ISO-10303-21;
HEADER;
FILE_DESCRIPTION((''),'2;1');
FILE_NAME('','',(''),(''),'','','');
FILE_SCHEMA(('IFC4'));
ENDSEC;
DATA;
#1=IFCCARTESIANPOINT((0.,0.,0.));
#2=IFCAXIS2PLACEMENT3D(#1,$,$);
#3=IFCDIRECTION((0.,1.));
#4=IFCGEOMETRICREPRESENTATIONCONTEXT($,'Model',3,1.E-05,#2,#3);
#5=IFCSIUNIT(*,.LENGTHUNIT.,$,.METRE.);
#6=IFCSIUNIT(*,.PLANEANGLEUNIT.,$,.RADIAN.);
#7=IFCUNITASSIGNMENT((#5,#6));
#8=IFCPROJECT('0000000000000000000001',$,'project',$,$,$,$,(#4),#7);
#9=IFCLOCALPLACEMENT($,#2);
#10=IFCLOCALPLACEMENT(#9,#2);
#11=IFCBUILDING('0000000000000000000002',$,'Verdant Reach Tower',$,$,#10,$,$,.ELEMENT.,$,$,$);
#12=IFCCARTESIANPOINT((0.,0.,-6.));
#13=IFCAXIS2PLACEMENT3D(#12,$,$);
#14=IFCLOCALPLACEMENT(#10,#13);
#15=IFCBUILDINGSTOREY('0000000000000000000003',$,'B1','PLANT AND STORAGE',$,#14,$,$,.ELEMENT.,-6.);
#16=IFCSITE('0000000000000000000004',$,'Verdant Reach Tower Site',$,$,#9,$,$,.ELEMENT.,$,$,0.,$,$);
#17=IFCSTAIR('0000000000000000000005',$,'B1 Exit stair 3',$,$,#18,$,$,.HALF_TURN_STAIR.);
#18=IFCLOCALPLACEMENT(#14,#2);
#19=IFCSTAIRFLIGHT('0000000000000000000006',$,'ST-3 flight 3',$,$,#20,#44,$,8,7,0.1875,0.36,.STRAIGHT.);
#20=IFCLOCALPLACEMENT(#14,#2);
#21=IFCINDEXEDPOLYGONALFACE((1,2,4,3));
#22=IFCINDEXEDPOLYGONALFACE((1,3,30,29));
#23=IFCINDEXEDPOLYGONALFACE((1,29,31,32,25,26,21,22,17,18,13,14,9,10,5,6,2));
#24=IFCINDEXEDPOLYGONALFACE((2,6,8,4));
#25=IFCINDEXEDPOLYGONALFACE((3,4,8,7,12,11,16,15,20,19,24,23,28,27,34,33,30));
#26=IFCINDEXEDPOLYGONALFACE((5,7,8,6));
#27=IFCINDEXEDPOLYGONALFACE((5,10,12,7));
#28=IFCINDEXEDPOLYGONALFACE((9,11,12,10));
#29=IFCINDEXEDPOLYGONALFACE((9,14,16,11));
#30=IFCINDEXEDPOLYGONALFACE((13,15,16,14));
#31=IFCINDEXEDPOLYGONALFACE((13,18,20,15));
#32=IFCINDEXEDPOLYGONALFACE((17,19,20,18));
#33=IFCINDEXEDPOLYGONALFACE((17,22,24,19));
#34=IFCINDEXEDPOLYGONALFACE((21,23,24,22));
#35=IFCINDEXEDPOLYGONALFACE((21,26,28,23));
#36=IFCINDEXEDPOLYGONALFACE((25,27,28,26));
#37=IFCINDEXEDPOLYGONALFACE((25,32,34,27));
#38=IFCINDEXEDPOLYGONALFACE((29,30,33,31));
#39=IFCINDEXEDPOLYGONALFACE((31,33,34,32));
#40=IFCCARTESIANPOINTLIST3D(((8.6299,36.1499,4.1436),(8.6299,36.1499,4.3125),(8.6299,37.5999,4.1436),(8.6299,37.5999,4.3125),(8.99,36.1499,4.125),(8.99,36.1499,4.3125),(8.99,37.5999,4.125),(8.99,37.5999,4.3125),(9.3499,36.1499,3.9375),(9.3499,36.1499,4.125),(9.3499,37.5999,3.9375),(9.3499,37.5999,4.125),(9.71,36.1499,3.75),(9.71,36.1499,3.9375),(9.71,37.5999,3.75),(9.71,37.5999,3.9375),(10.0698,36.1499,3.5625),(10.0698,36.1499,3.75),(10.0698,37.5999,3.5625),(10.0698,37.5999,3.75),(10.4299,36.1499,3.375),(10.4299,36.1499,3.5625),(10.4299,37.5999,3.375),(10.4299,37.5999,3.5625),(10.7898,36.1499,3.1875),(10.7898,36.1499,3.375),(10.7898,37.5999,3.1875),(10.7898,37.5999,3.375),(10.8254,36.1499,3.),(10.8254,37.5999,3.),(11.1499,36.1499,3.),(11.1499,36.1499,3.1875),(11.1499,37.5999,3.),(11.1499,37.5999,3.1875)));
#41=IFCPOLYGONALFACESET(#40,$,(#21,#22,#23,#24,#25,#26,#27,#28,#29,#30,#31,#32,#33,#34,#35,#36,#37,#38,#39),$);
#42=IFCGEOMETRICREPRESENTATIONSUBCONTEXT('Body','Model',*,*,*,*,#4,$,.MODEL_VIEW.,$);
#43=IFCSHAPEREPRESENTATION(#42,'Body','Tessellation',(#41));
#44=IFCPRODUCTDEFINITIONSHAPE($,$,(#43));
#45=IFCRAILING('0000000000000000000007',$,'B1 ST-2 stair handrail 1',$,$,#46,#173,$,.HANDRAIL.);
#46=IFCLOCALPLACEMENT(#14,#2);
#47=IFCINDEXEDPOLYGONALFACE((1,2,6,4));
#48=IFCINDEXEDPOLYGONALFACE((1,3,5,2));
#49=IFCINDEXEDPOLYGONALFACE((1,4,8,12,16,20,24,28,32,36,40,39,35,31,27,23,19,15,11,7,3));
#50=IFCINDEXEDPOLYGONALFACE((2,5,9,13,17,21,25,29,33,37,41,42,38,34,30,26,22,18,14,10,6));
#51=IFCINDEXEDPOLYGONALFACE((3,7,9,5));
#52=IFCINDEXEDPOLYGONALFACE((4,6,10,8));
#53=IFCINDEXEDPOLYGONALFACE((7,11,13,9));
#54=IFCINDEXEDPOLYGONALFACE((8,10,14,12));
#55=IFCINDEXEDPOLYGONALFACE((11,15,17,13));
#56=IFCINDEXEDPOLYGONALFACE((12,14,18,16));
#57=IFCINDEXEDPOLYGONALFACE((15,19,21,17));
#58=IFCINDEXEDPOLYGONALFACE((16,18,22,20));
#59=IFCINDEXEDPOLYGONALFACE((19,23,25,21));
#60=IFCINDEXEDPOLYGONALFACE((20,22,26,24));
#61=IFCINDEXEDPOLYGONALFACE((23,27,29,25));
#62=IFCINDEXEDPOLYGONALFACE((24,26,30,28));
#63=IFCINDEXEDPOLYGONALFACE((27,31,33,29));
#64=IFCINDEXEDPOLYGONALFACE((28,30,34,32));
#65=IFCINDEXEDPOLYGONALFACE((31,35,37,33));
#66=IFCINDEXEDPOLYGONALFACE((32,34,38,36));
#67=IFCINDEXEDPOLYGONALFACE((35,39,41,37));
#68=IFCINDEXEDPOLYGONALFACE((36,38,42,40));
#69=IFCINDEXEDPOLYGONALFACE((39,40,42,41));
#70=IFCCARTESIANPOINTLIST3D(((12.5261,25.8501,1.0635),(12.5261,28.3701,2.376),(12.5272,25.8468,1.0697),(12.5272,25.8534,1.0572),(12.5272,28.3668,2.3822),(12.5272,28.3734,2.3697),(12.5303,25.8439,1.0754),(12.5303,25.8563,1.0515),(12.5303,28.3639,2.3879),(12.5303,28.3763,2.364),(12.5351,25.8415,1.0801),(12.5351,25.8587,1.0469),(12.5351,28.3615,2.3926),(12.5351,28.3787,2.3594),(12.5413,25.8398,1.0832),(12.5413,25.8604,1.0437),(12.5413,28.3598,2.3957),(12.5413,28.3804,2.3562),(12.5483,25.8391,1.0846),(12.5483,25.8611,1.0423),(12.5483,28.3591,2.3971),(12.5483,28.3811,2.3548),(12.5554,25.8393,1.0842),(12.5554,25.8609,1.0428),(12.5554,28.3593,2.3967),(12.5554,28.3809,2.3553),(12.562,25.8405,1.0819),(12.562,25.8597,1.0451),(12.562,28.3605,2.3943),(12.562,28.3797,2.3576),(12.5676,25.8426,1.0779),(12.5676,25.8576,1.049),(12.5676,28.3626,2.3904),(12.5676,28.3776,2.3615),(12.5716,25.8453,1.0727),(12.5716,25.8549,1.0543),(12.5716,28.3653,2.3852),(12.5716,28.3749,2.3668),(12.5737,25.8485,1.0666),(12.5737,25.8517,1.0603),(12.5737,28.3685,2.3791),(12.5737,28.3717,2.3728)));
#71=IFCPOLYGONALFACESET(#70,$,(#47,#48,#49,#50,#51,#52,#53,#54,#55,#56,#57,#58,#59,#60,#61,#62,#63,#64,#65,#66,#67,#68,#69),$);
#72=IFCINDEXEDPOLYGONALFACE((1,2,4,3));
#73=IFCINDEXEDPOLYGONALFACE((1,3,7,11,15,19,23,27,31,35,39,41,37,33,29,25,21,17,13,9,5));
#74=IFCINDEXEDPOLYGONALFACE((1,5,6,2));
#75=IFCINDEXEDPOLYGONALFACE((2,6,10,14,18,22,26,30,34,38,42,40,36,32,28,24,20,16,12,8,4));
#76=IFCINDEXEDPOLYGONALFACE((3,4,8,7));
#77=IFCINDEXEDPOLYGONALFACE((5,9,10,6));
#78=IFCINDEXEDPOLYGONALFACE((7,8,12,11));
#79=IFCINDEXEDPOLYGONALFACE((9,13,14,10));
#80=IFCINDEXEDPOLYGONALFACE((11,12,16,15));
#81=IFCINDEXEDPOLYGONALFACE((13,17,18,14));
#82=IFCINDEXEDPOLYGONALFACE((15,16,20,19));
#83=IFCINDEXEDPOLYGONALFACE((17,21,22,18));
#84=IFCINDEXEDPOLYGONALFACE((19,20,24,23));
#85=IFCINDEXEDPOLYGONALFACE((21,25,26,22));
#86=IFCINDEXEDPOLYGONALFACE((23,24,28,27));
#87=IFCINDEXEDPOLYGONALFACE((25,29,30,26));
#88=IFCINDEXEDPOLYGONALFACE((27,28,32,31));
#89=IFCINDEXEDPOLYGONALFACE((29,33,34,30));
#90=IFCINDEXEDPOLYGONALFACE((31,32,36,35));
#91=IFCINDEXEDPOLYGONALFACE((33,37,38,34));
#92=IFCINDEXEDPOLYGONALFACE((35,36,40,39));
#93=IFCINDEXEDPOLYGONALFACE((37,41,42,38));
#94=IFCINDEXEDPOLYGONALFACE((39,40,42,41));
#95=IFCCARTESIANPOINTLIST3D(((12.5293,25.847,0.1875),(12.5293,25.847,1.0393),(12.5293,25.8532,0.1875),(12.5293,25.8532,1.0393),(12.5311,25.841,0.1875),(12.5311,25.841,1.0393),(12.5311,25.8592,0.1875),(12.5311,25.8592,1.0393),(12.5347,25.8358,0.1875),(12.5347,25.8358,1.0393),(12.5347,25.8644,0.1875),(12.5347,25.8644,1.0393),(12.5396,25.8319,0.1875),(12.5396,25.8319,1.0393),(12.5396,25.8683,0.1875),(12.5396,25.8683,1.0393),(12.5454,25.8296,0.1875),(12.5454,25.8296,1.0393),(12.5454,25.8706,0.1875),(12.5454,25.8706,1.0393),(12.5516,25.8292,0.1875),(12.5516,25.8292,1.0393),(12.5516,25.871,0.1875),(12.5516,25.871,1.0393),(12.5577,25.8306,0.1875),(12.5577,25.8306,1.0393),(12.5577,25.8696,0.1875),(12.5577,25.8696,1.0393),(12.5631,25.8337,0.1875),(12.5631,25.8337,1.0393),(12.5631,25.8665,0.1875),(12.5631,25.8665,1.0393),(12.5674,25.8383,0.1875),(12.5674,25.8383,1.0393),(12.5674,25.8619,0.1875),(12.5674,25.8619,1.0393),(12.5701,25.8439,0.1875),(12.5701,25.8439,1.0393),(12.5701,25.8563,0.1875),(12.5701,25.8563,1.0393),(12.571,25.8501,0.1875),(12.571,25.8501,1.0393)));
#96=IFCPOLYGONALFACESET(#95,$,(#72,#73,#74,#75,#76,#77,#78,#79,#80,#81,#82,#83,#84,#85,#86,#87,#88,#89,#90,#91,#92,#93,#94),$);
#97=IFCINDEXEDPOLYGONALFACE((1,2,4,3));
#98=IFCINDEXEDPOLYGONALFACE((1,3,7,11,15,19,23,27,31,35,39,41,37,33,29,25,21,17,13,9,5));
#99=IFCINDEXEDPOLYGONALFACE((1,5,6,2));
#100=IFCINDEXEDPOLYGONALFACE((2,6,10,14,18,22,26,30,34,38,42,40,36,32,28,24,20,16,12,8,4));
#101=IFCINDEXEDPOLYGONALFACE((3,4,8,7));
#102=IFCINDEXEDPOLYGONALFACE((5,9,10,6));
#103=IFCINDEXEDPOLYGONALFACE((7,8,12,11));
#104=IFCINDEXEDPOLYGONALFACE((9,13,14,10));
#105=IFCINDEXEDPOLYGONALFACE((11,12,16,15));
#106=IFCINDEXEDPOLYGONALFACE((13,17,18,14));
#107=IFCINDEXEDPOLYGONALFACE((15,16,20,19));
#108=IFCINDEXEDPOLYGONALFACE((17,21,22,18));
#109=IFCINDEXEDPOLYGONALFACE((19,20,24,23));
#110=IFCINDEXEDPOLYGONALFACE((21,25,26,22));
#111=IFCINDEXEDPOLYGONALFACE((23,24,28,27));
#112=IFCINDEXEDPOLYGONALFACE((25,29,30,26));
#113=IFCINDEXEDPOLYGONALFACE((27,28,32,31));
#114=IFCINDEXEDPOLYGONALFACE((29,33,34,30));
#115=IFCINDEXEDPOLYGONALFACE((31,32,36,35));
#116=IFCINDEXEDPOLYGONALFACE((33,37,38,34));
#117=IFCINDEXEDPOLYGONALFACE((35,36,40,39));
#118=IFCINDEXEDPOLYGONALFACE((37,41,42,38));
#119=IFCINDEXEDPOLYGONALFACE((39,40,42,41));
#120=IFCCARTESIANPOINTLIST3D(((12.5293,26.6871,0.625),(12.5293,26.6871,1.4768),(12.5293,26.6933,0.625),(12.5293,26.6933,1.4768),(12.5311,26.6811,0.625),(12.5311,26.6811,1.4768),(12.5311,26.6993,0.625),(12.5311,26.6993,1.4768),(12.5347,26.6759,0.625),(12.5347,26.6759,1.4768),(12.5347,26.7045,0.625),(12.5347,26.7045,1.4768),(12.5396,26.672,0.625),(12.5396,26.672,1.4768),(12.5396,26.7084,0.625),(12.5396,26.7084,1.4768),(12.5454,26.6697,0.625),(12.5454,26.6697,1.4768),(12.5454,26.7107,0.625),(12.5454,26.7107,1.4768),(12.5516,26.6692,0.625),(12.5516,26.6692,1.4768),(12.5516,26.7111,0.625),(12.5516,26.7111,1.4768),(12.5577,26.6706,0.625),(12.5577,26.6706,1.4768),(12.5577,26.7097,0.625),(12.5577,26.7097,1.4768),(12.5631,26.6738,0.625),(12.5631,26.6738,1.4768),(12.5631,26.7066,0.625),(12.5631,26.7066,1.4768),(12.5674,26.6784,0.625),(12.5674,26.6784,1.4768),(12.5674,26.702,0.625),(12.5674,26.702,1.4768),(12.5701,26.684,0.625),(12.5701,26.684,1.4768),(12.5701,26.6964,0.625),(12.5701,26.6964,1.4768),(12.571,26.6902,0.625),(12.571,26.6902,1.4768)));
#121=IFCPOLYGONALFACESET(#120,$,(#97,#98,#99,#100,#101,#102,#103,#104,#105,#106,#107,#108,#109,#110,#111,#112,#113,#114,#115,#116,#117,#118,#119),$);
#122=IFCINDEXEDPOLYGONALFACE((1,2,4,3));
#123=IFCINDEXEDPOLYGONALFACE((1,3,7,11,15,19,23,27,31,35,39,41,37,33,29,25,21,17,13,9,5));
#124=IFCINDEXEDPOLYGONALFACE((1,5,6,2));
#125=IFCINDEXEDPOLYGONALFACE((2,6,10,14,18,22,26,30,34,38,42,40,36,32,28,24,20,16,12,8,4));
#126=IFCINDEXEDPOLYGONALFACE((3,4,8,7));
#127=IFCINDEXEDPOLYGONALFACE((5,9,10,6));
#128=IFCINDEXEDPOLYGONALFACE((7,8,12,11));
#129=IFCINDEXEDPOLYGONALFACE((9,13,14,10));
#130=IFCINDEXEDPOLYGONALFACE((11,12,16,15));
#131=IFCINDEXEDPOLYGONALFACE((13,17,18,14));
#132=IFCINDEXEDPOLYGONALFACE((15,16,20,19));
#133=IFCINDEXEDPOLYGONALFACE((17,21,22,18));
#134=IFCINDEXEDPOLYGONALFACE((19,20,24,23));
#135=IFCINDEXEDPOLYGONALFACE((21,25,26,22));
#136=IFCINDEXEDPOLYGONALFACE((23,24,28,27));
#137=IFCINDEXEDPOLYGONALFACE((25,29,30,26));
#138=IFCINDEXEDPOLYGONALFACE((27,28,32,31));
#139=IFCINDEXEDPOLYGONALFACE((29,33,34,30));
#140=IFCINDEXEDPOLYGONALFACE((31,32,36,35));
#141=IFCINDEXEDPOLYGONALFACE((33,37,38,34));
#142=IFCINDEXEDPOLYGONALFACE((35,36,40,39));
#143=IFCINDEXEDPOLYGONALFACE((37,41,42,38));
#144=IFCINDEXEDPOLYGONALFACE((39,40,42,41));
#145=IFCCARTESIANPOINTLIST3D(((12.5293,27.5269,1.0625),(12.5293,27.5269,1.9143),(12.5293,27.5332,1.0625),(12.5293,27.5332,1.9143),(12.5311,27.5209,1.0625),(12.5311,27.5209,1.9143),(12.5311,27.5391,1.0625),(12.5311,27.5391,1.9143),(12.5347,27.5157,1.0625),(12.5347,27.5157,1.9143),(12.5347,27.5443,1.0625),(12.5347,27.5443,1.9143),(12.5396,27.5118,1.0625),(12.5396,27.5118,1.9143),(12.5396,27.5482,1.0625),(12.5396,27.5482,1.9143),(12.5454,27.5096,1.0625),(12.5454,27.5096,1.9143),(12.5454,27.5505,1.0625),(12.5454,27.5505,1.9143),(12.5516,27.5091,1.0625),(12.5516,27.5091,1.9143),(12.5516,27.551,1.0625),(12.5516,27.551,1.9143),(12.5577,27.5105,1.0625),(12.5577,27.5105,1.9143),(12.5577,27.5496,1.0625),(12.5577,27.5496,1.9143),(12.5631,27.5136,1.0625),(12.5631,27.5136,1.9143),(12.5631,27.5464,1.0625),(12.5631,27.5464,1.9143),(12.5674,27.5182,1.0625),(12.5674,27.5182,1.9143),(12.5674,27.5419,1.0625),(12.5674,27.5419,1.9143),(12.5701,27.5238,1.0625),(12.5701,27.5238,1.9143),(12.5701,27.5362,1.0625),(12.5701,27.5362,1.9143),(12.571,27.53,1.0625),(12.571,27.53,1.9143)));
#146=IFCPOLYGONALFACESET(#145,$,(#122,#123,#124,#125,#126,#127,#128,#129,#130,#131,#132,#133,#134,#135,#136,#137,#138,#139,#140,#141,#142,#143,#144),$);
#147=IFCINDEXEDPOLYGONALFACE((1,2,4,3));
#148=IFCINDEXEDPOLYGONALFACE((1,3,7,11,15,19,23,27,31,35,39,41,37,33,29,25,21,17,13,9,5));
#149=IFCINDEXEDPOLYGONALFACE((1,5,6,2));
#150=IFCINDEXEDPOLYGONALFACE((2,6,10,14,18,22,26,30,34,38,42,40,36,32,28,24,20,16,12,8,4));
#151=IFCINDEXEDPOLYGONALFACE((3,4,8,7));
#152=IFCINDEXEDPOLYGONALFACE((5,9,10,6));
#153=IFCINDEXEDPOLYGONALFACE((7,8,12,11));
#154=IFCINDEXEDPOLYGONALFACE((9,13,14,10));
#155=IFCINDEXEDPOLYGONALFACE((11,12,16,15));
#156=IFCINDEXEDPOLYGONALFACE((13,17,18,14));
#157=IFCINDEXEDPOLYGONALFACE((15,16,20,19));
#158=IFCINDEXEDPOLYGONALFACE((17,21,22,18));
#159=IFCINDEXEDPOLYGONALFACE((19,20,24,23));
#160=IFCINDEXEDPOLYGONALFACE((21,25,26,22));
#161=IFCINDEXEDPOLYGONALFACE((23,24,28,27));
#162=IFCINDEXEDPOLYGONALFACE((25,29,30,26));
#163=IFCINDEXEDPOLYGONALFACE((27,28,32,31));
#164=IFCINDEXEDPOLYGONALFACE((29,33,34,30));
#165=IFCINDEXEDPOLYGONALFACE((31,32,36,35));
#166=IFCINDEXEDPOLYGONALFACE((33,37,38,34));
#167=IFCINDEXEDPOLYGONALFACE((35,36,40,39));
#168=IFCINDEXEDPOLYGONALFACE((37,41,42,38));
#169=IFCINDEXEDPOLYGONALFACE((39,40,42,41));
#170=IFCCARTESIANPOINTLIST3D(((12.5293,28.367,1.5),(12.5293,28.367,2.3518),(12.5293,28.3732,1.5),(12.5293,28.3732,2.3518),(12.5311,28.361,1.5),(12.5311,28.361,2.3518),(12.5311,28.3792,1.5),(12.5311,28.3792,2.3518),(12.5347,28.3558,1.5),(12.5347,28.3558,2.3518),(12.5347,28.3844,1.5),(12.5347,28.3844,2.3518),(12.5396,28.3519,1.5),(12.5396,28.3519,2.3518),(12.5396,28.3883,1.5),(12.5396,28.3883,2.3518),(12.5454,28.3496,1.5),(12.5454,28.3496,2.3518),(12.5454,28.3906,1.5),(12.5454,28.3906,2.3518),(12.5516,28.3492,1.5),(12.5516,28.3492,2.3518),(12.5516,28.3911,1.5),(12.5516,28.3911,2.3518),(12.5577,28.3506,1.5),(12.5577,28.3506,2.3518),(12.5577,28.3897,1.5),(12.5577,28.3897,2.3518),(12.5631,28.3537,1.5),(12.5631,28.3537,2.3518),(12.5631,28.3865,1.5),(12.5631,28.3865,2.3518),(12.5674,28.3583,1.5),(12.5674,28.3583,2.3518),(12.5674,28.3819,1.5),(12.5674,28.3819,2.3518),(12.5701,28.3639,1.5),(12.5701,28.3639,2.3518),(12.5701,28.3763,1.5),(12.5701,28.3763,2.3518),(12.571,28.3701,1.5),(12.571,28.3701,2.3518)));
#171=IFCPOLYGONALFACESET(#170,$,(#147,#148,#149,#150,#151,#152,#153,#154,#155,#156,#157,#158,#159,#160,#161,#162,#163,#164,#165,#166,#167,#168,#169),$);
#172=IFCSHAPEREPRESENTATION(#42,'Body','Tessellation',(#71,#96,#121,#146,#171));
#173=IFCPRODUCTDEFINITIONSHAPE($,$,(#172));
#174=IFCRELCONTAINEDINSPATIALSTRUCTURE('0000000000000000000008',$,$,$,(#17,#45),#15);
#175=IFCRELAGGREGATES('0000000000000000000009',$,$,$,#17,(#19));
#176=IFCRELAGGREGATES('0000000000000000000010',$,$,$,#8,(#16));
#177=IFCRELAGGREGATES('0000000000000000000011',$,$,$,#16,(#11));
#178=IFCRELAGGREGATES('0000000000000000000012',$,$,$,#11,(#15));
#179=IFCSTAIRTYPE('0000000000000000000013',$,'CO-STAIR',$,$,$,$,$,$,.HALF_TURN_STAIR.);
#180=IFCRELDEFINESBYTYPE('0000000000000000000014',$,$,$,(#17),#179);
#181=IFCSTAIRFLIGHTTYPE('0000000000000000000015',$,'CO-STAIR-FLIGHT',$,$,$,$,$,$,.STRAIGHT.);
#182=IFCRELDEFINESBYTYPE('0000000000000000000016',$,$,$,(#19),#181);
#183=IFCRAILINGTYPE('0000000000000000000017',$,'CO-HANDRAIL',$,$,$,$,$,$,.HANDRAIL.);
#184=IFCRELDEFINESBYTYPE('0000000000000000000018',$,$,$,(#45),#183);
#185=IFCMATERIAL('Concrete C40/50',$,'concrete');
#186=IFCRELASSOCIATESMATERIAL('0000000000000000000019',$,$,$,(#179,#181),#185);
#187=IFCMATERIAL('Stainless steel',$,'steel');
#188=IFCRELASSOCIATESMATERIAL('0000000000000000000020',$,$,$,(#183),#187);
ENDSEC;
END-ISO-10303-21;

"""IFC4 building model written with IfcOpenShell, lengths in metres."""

from ifc_helpers import new_model, si_unit, direction, frame, origin, origin_2d, place, context, subcontext, project, spatial, polyline, circle, outline, extrude, material, type_object, element, aggregate, save


model = new_model("IFC4")

# Units and contexts
model_context = context("Model", 3, precision=1e-05, world=origin(), true_north=direction((0.0, 1.0)))
body_context = subcontext(model_context, "Body", "Model", "MODEL_VIEW")
ifc_project = project(units=[si_unit("LENGTHUNIT", "METRE"), si_unit("PLANEANGLEUNIT", "RADIAN")], contexts=[model_context])

# Site, building, storey
site_placement = place(None, origin())
site = spatial("IfcSite", under=ifc_project, at=site_placement, Name="Verdant Reach Tower Site", CompositionType="ELEMENT", RefElevation=0.0)
building_placement = place(site_placement, origin())
building = spatial("IfcBuilding", under=site, at=building_placement, Name="Verdant Reach Tower", CompositionType="ELEMENT")
storey_placement = place(building_placement, frame((0.0, 0.0, -6.0)))
storey = spatial("IfcBuildingStorey", under=building, at=storey_placement, Name="B1", Description="PLANT AND STORAGE", CompositionType="ELEMENT", Elevation=-6.0)

# Shared definitions
ifc_material_1 = material(Name="Concrete C40/50", Category="concrete")

# Shared definitions
stair_type = type_object("IfcStairType", Name="CO-STAIR", PredefinedType="HALF_TURN_STAIR", material=ifc_material_1)
stair_flight_type = type_object("IfcStairFlightType", Name="CO-STAIR-FLIGHT", PredefinedType="STRAIGHT", material=ifc_material_1)

# Stair, stair flight
stair_1_placement = place(storey_placement, origin())
stair_1 = element("IfcStair", 1, at=stair_1_placement, inside=storey, type_object=stair_type, Name="B1 Exit stair 3", PredefinedType="HALF_TURN_STAIR")
stair_flight_1_placement = place(storey_placement, frame((11.1499, 36.875, 3.0), z_axis=(0.0, 0.0, 1.0), x_axis=(-1.0, 0.0, 0.0)))
stair_flight_1 = element("IfcStairFlight", 2, at=stair_flight_1_placement, type_object=stair_flight_type, Name="ST-3 flight 3", NumberOfRisers=8, NumberOfTreads=7, PredefinedType="STRAIGHT", RiserHeight=0.1875, TreadLength=0.36, context=body_context, shape_type="SweptSolid", body=[
    extrude(outline(polyline([(0.0, 0.0), (0.0, 0.1875), (0.3601, 0.1875), (0.3601, 0.375), (0.72, 0.375), (0.72, 0.5625), (1.0801, 0.5625), (1.0801, 0.75), (1.4399, 0.75), (1.4399, 0.9375), (1.8, 0.9375), (1.8, 1.125), (2.1599, 1.125), (2.1599, 1.3125), (2.52, 1.3125), (2.52, 1.5), (2.52, 1.1436), (0.3245, 0.0), (0.0, 0.0)])), frame((0.0, 0.7251, 0.0), z_axis=(0.0, -1.0, 0.0), x_axis=(1.0, 0.0, 0.0)), (0.0, 0.0, 1.0), 1.45),
])
aggregate(stair_1, [stair_flight_1])

# Railing
ifc_material_2 = material(Name="Stainless steel", Category="steel")
railing_type_1 = type_object("IfcRailingType", Name="CO-HANDRAIL", PredefinedType="HANDRAIL", material=ifc_material_2)
for number, where, name in (
    (3, (12.55, 25.8501, 0.1875), "B1 ST-2 stair handrail 1"),
):
    element("IfcRailing", number, at=place(storey_placement, frame(where)), inside=storey, type_object=railing_type_1, Name=name, PredefinedType="HANDRAIL", context=body_context, shape_type="SweptSolid", body=[
        extrude(circle(Radius=0.0239, at=origin_2d()), frame((0.0, 0.0, 0.876), z_axis=(0.0, 0.886916, 0.461932), x_axis=(-1.0, 0.0, 0.0)), (0.0, 0.0, 1.0), 2.8413),
        extrude(circle(Radius=0.021, at=origin_2d()), origin(), (0.0, 0.0, 1.0), 0.8518),
        extrude(circle(Radius=0.021, at=origin_2d()), frame((0.0, 0.8401, 0.4375)), (0.0, 0.0, 1.0), 0.8518),
        extrude(circle(Radius=0.021, at=origin_2d()), frame((0.0, 1.6799, 0.875)), (0.0, 0.0, 1.0), 0.8518),
        extrude(circle(Radius=0.021, at=origin_2d()), frame((0.0, 2.52, 1.3125)), (0.0, 0.0, 1.0), 0.8518),
    ])

save(model, "model.ifc")
